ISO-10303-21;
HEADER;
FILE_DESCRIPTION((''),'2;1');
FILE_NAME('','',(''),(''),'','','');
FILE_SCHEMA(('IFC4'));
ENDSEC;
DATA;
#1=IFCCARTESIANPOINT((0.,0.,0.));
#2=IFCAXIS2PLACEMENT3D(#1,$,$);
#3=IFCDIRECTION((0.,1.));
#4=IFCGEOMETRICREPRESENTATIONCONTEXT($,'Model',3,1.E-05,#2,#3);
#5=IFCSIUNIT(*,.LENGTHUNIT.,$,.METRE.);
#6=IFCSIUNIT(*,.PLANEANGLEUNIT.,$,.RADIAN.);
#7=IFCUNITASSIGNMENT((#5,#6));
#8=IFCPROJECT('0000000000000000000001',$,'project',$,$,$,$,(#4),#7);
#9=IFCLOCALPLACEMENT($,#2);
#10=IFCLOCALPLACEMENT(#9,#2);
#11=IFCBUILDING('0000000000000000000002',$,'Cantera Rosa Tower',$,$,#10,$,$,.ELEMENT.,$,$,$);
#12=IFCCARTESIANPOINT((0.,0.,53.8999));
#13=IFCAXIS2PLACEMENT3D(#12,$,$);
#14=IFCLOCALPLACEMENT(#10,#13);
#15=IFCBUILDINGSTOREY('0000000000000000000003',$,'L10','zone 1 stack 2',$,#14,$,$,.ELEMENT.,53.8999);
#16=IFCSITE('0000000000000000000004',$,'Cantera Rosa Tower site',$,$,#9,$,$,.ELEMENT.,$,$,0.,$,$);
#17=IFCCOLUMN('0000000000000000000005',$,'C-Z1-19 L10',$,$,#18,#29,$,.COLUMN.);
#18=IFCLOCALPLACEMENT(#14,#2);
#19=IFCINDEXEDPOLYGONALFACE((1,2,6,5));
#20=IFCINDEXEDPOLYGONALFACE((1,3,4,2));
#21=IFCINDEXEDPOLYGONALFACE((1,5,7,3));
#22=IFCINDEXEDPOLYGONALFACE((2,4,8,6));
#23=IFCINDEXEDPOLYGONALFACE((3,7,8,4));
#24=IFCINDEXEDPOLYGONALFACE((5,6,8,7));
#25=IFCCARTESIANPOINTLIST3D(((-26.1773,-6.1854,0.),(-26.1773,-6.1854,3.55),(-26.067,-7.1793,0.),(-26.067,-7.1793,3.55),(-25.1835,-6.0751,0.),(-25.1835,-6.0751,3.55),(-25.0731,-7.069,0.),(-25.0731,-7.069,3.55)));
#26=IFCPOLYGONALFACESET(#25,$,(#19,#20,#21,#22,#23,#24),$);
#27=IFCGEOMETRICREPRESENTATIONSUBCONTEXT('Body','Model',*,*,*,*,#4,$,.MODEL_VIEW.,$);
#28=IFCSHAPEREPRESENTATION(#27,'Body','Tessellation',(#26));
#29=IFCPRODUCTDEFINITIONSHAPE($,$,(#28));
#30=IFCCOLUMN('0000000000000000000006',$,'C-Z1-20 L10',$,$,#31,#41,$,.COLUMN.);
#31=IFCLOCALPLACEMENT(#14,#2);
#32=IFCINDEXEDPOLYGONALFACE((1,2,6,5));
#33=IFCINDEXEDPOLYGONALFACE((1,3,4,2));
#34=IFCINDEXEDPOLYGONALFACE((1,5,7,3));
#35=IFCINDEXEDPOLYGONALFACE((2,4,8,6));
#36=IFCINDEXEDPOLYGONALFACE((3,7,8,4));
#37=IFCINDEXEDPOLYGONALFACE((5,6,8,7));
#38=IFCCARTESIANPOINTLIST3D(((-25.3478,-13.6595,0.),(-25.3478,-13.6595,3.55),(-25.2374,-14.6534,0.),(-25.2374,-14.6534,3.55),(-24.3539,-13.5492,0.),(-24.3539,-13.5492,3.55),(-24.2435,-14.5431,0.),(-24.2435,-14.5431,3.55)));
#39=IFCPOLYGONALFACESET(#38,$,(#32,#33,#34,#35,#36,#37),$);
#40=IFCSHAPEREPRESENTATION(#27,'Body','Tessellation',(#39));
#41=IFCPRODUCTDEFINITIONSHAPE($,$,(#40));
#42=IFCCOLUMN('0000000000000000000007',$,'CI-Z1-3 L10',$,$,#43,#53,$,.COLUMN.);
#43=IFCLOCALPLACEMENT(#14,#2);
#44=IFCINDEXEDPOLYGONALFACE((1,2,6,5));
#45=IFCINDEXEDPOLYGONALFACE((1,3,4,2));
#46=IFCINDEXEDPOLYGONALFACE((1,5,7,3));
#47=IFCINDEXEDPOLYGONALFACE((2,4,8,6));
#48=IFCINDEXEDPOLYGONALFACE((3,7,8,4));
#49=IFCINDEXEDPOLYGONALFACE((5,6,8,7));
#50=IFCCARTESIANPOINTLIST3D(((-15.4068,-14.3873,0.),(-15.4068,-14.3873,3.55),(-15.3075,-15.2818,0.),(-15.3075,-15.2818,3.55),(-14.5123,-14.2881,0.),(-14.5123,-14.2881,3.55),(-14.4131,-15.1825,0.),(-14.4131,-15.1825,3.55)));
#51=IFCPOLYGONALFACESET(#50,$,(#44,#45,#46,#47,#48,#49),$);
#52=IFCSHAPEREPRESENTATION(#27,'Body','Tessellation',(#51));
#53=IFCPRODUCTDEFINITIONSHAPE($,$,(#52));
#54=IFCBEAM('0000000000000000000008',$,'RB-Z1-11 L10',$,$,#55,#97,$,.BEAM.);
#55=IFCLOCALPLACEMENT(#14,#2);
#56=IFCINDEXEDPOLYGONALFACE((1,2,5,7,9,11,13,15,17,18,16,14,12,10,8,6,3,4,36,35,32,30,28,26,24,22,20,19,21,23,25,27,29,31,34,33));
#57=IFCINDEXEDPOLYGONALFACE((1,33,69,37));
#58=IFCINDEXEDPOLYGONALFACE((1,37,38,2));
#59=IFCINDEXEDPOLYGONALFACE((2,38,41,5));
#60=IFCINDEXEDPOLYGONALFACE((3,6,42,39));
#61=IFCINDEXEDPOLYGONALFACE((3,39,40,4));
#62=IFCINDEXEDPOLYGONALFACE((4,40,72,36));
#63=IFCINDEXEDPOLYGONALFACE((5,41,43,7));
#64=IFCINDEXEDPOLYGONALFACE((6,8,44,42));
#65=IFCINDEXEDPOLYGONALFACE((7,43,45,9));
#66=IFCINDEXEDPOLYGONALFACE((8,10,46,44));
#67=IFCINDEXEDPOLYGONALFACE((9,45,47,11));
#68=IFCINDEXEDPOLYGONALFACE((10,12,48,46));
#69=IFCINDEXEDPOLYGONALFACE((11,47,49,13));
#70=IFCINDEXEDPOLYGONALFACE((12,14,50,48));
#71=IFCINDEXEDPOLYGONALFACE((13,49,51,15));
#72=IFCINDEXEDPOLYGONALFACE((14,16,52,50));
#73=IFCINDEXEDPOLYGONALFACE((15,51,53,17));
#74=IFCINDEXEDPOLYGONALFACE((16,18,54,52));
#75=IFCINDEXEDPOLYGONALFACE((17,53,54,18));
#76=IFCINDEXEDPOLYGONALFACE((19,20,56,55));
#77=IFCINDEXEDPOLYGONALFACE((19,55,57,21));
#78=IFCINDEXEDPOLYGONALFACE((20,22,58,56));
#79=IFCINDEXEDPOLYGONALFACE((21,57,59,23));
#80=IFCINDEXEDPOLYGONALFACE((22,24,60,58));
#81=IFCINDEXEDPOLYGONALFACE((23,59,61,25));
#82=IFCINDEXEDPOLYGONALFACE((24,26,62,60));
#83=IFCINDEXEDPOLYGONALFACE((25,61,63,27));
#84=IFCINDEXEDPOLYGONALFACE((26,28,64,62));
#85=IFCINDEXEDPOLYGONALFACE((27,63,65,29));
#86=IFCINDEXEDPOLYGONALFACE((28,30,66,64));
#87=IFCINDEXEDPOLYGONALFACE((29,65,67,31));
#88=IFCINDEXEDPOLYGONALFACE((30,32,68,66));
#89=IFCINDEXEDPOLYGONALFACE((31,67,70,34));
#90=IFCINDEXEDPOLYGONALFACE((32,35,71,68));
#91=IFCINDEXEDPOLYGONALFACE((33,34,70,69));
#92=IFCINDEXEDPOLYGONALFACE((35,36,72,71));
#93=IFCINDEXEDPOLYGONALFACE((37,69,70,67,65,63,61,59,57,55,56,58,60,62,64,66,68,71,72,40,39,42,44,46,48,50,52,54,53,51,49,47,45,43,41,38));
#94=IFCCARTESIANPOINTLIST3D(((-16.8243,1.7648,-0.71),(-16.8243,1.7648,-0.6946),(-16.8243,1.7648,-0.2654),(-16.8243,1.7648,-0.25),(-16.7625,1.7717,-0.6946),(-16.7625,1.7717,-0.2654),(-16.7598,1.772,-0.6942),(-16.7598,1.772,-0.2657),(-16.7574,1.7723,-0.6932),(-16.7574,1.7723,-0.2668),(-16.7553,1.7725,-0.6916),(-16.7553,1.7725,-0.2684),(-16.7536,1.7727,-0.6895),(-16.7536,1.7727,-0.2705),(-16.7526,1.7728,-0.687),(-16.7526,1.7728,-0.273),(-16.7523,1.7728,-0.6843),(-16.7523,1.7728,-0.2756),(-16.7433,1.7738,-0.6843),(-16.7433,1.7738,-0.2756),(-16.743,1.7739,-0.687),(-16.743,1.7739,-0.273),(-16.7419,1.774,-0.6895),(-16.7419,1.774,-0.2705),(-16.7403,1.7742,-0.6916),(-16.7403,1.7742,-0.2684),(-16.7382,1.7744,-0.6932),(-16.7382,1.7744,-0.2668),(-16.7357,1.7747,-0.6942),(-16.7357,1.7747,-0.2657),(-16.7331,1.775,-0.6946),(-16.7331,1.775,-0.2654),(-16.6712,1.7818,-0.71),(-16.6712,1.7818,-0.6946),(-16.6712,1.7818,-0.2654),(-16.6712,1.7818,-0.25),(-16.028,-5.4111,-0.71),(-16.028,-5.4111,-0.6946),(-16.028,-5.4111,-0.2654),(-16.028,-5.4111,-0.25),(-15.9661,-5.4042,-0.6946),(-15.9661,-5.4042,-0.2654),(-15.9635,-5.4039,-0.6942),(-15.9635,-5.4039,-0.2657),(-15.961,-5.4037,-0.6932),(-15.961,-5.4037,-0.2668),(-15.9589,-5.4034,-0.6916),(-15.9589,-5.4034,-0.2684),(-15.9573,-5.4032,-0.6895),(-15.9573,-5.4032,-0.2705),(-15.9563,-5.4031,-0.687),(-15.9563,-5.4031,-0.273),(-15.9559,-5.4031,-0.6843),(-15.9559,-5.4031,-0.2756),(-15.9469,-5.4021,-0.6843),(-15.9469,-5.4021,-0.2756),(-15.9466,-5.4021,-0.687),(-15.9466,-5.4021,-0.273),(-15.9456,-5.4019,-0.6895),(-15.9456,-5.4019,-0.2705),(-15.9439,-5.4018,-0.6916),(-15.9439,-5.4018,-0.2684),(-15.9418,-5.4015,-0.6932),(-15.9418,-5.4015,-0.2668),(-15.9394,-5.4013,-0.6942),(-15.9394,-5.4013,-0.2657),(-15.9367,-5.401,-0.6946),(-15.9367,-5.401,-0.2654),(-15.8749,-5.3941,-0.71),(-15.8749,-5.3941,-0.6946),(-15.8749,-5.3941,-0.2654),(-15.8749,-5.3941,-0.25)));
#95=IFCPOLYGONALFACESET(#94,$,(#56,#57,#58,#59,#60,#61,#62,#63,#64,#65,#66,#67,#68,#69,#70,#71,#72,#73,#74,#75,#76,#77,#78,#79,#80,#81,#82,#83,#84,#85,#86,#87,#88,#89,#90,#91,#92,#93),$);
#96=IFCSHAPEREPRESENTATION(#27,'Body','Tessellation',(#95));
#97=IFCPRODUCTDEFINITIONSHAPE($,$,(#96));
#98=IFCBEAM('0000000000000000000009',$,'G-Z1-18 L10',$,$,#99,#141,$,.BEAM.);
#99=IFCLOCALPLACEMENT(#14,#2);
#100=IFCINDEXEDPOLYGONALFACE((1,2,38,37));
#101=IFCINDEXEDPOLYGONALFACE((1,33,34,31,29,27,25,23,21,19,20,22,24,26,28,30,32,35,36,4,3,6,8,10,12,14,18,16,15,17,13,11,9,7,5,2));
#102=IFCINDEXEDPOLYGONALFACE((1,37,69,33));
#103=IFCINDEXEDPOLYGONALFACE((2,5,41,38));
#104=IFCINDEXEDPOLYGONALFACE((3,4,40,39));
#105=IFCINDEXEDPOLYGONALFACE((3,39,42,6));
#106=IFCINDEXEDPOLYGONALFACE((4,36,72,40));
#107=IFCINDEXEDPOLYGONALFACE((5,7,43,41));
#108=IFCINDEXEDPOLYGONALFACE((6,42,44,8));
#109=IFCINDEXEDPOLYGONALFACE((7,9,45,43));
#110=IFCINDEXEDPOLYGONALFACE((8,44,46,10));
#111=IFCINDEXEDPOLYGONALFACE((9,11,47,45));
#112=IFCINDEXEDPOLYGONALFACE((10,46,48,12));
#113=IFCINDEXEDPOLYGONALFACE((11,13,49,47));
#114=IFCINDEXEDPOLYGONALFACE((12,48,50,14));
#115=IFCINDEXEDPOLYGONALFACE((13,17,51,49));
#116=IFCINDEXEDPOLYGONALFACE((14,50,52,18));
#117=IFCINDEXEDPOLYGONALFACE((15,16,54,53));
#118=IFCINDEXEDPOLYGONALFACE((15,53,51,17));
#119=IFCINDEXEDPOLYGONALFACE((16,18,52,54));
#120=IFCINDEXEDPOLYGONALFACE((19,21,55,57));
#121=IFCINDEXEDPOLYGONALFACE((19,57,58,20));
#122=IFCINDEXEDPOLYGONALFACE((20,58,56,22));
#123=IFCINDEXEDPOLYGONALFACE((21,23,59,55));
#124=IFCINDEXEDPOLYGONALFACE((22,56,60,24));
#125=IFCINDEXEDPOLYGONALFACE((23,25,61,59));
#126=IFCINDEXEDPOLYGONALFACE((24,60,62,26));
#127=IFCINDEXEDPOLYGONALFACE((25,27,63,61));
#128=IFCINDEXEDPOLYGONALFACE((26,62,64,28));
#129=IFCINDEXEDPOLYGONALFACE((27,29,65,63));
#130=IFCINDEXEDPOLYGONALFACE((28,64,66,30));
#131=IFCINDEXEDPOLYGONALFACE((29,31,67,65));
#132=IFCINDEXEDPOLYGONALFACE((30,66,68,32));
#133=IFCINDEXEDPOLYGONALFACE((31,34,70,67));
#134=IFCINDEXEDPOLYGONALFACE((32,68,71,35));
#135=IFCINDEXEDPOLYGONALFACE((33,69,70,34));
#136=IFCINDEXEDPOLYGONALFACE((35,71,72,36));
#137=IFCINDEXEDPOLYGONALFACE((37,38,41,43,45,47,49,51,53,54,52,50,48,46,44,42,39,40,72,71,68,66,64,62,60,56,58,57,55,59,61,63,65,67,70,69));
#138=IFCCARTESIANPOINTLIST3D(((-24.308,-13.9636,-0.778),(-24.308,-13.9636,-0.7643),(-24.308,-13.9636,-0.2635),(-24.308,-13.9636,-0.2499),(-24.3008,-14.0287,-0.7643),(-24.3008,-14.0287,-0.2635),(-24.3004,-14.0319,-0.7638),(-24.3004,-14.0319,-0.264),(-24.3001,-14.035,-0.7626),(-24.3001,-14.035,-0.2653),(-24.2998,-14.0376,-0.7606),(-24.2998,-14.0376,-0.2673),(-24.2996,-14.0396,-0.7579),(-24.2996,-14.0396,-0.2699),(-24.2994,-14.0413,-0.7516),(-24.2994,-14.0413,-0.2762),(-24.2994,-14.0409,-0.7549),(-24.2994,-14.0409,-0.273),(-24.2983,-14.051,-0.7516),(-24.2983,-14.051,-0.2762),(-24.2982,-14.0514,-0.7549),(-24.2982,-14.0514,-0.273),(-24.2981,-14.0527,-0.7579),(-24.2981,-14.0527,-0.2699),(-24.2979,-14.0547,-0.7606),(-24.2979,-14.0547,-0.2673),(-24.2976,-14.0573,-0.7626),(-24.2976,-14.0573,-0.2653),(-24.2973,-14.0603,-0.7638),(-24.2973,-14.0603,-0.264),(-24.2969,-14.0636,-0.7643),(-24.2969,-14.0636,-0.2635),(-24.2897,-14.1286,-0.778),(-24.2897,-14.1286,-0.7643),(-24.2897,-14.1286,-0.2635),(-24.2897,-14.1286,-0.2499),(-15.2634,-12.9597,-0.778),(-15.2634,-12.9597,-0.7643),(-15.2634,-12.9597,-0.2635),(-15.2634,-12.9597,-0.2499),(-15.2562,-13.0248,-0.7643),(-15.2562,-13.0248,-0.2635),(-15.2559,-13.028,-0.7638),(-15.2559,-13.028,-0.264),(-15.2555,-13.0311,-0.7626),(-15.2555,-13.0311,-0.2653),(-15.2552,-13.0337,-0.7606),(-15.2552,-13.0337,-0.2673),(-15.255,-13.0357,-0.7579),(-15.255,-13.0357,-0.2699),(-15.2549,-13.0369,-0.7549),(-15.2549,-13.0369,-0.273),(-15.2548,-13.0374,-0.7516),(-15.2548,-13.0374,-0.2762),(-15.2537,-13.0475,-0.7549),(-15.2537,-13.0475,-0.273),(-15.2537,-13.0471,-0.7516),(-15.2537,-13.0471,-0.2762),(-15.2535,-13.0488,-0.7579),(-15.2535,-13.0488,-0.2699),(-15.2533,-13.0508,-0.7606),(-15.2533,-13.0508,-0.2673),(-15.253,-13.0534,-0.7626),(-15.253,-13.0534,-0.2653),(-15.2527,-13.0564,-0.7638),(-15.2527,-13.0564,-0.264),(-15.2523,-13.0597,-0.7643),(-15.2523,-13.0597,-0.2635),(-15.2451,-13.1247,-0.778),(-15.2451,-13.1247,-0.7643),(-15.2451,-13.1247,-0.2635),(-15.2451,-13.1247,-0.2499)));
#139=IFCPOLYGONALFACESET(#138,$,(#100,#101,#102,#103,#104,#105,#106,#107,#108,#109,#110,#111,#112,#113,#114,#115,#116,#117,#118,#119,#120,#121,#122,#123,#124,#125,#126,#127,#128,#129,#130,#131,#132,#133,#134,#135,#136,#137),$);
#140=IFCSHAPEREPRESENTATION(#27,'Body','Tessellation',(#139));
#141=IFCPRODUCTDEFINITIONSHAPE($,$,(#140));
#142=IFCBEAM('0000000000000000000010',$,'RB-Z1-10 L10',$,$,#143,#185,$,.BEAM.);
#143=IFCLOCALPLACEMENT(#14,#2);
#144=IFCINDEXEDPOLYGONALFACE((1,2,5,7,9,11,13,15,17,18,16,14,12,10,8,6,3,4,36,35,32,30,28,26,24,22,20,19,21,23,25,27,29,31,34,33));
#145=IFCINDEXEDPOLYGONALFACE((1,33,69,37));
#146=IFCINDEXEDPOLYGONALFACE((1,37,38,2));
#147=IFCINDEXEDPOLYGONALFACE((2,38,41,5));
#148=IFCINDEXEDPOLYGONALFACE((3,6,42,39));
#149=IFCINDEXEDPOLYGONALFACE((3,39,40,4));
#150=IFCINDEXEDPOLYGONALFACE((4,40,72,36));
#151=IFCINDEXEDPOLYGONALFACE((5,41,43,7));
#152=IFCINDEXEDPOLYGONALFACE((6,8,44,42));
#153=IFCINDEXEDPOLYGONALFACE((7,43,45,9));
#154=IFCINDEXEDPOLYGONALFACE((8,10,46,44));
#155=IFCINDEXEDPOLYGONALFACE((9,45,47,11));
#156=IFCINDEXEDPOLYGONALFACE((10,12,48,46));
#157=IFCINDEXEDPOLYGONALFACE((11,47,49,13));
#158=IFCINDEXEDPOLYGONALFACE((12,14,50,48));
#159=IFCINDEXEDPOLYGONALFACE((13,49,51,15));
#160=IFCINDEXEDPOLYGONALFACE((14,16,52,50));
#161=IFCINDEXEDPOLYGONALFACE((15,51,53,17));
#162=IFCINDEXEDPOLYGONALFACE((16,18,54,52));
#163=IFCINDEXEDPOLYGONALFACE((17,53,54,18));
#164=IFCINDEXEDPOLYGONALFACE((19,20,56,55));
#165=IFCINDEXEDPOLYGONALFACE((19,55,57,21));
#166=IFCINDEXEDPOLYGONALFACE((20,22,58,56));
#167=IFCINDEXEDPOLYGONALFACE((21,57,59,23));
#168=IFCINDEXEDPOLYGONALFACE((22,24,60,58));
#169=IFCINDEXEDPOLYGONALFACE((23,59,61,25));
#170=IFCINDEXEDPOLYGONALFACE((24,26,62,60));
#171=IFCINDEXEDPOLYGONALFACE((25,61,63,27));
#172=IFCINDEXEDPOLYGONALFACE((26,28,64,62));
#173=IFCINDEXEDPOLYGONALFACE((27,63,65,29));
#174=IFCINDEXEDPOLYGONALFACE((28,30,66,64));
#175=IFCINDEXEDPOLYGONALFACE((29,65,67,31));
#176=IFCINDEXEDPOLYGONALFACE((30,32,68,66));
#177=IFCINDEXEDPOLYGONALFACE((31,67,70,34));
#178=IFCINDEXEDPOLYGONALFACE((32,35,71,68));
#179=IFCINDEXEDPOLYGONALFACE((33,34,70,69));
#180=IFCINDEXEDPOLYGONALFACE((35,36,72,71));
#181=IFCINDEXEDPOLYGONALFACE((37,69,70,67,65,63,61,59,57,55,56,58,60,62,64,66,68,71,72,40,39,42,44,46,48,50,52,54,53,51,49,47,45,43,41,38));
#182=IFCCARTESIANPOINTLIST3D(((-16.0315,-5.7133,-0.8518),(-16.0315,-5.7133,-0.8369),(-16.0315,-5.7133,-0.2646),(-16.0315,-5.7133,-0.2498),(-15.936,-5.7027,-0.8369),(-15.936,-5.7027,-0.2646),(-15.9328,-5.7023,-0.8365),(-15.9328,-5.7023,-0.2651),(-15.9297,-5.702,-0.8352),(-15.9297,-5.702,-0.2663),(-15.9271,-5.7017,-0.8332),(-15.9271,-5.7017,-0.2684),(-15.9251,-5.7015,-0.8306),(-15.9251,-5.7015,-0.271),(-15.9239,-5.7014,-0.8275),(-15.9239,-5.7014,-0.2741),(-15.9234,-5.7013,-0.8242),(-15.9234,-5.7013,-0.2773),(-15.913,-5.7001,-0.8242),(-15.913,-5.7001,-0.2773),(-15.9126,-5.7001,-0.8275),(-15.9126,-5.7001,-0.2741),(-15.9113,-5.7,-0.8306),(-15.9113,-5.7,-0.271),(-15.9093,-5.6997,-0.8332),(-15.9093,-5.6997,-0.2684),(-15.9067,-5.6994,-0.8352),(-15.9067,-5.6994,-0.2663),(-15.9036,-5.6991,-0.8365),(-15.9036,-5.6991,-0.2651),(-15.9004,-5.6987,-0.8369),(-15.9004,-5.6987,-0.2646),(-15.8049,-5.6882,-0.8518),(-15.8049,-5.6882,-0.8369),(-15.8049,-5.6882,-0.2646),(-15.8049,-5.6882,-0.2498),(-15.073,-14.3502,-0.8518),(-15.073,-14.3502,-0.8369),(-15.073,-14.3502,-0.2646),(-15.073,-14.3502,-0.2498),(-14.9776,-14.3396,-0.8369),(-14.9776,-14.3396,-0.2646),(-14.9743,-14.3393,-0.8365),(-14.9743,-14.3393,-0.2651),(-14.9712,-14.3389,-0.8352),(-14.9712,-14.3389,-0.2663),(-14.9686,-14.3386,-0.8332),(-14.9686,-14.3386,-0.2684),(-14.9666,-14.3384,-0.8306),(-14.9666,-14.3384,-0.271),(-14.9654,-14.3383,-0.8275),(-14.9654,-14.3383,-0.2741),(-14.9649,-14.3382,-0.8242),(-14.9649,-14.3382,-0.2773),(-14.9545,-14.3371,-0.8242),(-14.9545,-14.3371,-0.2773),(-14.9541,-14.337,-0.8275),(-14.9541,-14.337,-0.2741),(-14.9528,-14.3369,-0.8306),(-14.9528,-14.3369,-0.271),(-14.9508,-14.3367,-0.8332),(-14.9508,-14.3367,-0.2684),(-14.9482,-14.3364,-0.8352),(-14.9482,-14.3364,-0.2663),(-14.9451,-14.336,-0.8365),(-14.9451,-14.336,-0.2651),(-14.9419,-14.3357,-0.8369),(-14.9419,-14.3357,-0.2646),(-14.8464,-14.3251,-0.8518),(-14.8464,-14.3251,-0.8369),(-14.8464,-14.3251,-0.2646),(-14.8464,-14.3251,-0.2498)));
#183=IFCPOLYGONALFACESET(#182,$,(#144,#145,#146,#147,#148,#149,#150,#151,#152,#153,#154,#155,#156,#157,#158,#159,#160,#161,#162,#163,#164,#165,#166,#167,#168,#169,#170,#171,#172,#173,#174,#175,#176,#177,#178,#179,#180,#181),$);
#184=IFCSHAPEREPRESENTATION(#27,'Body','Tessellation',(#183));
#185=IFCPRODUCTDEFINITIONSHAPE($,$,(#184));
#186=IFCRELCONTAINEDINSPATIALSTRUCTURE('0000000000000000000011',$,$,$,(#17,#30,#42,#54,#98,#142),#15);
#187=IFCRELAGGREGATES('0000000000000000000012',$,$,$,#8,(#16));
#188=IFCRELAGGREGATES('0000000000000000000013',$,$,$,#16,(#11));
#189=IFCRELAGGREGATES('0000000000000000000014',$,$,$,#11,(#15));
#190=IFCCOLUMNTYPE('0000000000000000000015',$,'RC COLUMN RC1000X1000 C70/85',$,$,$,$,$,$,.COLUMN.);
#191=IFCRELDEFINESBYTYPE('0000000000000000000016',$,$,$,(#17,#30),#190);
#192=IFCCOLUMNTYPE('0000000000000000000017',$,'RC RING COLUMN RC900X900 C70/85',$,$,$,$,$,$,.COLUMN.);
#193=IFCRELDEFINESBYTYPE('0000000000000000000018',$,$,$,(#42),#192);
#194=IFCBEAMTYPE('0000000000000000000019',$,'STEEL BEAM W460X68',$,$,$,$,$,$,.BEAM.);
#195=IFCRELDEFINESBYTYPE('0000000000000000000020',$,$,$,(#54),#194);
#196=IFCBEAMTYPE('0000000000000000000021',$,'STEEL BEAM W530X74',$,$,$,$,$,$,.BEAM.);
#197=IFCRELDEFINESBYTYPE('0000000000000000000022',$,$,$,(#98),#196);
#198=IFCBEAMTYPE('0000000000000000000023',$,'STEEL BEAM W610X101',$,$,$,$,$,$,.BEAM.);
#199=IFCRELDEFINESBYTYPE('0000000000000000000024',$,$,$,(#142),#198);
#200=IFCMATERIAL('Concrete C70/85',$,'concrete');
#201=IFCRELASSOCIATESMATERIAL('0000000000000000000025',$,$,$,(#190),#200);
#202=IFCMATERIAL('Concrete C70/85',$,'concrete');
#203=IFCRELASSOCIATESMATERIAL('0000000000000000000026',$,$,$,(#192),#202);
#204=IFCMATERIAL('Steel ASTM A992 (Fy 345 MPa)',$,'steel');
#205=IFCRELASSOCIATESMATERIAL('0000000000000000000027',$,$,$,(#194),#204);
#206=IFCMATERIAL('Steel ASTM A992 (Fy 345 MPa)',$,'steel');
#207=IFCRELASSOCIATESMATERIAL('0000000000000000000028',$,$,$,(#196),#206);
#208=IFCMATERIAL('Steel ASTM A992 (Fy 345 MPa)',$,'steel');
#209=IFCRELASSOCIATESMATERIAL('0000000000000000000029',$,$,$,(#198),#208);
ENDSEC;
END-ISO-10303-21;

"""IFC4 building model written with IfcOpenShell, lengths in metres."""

from ifc_helpers import new_model, si_unit, direction, frame, origin, origin_2d, place, context, subcontext, project, spatial, rectangle, i_section, extrude, material, material_profile, profile_set, type_object, element, save


model = new_model("IFC4")

# Units and contexts
model_context = context("Model", 3, precision=1e-05, world=origin(), true_north=direction((0.0, 1.0)))
body_context = subcontext(model_context, "Body", "Model", "MODEL_VIEW")
ifc_project = project(units=[si_unit("LENGTHUNIT", "METRE"), si_unit("PLANEANGLEUNIT", "RADIAN")], contexts=[model_context])

# Site, building, storey
site_placement = place(None, origin())
site = spatial("IfcSite", under=ifc_project, at=site_placement, Name="Cantera Rosa Tower site", CompositionType="ELEMENT", RefElevation=0.0)
building_placement = place(site_placement, origin())
building = spatial("IfcBuilding", under=site, at=building_placement, Name="Cantera Rosa Tower", CompositionType="ELEMENT")
storey_placement = place(building_placement, frame((0.0, 0.0, 53.8999)))
storey = spatial("IfcBuildingStorey", under=building, at=storey_placement, Name="L10", Description="zone 1 stack 2", CompositionType="ELEMENT", Elevation=53.8999)

# Columns
ifc_material_1 = material(Name="Concrete C70/85", Category="concrete")
ifc_material_profile_1 = material_profile(ifc_material_1, rectangle(XDim=1.0, YDim=1.0, at=origin_2d()), Name="RC COLUMN RC1000X1000 C70/85")
ifc_profile_set_1 = profile_set([ifc_material_profile_1], Name="Concrete C70/85")
column_type_1 = type_object("IfcColumnType", Name="RC COLUMN RC1000X1000 C70/85", PredefinedType="COLUMN", material=ifc_profile_set_1)
for number, where, z_axis, x_axis, name in (
    (1, (-25.6252, -6.6272, 0.0), (0.0, 0.0, 1.0), (0.993897, 0.110313, 0.0), "C-Z1-19 L10"),
    (2, (-24.7957, -14.1013, 0.0), (0.0, 0.0, 1.0), (0.993897, 0.110313, 0.0), "C-Z1-20 L10"),
):
    element("IfcColumn", number, at=place(storey_placement, frame(where, z_axis=z_axis, x_axis=x_axis)), inside=storey, type_object=column_type_1, Name=name, PredefinedType="COLUMN", context=body_context, shape_type="SweptSolid", body=[
        extrude(rectangle(XDim=1.0, YDim=1.0, at=origin_2d()), origin(), (0.0, 0.0, 1.0), 3.55),
    ])
ifc_material_2 = material(Name="Concrete C70/85", Category="concrete")
ifc_material_profile_2 = material_profile(ifc_material_2, rectangle(XDim=0.8999, YDim=0.8999, at=origin_2d()), Name="RC RING COLUMN RC900X900 C70/85")
ifc_profile_set_2 = profile_set([ifc_material_profile_2], Name="Concrete C70/85")
column_type_2 = type_object("IfcColumnType", Name="RC RING COLUMN RC900X900 C70/85", PredefinedType="COLUMN", material=ifc_profile_set_2)
column_placement = place(storey_placement, frame((-14.9099, -14.7849, 0.0), z_axis=(0.0, 0.0, 1.0), x_axis=(0.993897, 0.110313, 0.0)))
element("IfcColumn", 3, at=column_placement, inside=storey, type_object=column_type_2, Name="CI-Z1-3 L10", PredefinedType="COLUMN", context=body_context, shape_type="SweptSolid", body=[
    extrude(rectangle(XDim=0.8999, YDim=0.8999, at=origin_2d()), origin(), (0.0, 0.0, 1.0), 3.55),
])

# Beams
ifc_material_3 = material(Name="Steel ASTM A992 (Fy 345 MPa)", Category="steel")
ifc_material_profile_3 = material_profile(ifc_material_3, i_section(OverallWidth=0.1541, OverallDepth=0.46, WebThickness=0.009, FlangeThickness=0.0154, FilletRadius=0.0103, at=origin_2d()), Name="W460X68")
ifc_profile_set_3 = profile_set([ifc_material_profile_3], Name="Steel ASTM A992 (Fy 345 MPa)")
beam_type_1 = type_object("IfcBeamType", Name="STEEL BEAM W460X68", PredefinedType="BEAM", material=ifc_profile_set_3)
beam_1_placement = place(storey_placement, frame((-15.9514, -5.4026, -0.48), z_axis=(-0.110302, 0.993898, 0.0), x_axis=(-0.993898, -0.110302, 0.0)))
element("IfcBeam", 4, at=beam_1_placement, inside=storey, type_object=beam_type_1, Name="RB-Z1-11 L10", PredefinedType="BEAM", context=body_context, shape_type="SweptSolid", body=[
    extrude(i_section(OverallWidth=0.1541, OverallDepth=0.46, WebThickness=0.009, FlangeThickness=0.0154, FilletRadius=0.0103, at=origin_2d()), origin(), (0.0, 0.0, 1.0), 7.22),
])
ifc_material_4 = material(Name="Steel ASTM A992 (Fy 345 MPa)", Category="steel")
ifc_material_profile_4 = material_profile(ifc_material_4, i_section(OverallWidth=0.166, OverallDepth=0.5281, WebThickness=0.0098, FlangeThickness=0.0137, FilletRadius=0.0127, at=origin_2d()), Name="W530X74")
ifc_profile_set_4 = profile_set([ifc_material_profile_4], Name="Steel ASTM A992 (Fy 345 MPa)")
beam_type_2 = type_object("IfcBeamType", Name="STEEL BEAM W530X74", PredefinedType="BEAM", material=ifc_profile_set_4)
beam_2_placement = place(storey_placement, frame((-24.2988, -14.0461, -0.5139), z_axis=(0.993896, 0.11032, 0.0), x_axis=(-0.11032, 0.993896, 0.0)))
element("IfcBeam", 5, at=beam_2_placement, inside=storey, type_object=beam_type_2, Name="G-Z1-18 L10", PredefinedType="BEAM", context=body_context, shape_type="SweptSolid", body=[
    extrude(i_section(OverallWidth=0.166, OverallDepth=0.5281, WebThickness=0.0098, FlangeThickness=0.0137, FilletRadius=0.0127, at=origin_2d()), origin(), (0.0, 0.0, 1.0), 9.1001),
])
ifc_material_5 = material(Name="Steel ASTM A992 (Fy 345 MPa)", Category="steel")
ifc_material_profile_5 = material_profile(ifc_material_5, i_section(OverallWidth=0.228, OverallDepth=0.6021, WebThickness=0.0105, FlangeThickness=0.0149, FilletRadius=0.0127, at=origin_2d()), Name="W610X101")
ifc_profile_set_5 = profile_set([ifc_material_profile_5], Name="Steel ASTM A992 (Fy 345 MPa)")
beam_type_3 = type_object("IfcBeamType", Name="STEEL BEAM W610X101", PredefinedType="BEAM", material=ifc_profile_set_5)
beam_3_placement = place(storey_placement, frame((-14.9597, -14.3376, -0.5508), z_axis=(-0.110299, 0.993898, 0.0), x_axis=(-0.993898, -0.110299, 0.0)))
element("IfcBeam", 6, at=beam_3_placement, inside=storey, type_object=beam_type_3, Name="RB-Z1-10 L10", PredefinedType="BEAM", context=body_context, shape_type="SweptSolid", body=[
    extrude(i_section(OverallWidth=0.228, OverallDepth=0.6021, WebThickness=0.0105, FlangeThickness=0.0149, FilletRadius=0.0127, at=origin_2d()), origin(), (0.0, 0.0, 1.0), 8.6899),
])

save(model, "model.ifc")
